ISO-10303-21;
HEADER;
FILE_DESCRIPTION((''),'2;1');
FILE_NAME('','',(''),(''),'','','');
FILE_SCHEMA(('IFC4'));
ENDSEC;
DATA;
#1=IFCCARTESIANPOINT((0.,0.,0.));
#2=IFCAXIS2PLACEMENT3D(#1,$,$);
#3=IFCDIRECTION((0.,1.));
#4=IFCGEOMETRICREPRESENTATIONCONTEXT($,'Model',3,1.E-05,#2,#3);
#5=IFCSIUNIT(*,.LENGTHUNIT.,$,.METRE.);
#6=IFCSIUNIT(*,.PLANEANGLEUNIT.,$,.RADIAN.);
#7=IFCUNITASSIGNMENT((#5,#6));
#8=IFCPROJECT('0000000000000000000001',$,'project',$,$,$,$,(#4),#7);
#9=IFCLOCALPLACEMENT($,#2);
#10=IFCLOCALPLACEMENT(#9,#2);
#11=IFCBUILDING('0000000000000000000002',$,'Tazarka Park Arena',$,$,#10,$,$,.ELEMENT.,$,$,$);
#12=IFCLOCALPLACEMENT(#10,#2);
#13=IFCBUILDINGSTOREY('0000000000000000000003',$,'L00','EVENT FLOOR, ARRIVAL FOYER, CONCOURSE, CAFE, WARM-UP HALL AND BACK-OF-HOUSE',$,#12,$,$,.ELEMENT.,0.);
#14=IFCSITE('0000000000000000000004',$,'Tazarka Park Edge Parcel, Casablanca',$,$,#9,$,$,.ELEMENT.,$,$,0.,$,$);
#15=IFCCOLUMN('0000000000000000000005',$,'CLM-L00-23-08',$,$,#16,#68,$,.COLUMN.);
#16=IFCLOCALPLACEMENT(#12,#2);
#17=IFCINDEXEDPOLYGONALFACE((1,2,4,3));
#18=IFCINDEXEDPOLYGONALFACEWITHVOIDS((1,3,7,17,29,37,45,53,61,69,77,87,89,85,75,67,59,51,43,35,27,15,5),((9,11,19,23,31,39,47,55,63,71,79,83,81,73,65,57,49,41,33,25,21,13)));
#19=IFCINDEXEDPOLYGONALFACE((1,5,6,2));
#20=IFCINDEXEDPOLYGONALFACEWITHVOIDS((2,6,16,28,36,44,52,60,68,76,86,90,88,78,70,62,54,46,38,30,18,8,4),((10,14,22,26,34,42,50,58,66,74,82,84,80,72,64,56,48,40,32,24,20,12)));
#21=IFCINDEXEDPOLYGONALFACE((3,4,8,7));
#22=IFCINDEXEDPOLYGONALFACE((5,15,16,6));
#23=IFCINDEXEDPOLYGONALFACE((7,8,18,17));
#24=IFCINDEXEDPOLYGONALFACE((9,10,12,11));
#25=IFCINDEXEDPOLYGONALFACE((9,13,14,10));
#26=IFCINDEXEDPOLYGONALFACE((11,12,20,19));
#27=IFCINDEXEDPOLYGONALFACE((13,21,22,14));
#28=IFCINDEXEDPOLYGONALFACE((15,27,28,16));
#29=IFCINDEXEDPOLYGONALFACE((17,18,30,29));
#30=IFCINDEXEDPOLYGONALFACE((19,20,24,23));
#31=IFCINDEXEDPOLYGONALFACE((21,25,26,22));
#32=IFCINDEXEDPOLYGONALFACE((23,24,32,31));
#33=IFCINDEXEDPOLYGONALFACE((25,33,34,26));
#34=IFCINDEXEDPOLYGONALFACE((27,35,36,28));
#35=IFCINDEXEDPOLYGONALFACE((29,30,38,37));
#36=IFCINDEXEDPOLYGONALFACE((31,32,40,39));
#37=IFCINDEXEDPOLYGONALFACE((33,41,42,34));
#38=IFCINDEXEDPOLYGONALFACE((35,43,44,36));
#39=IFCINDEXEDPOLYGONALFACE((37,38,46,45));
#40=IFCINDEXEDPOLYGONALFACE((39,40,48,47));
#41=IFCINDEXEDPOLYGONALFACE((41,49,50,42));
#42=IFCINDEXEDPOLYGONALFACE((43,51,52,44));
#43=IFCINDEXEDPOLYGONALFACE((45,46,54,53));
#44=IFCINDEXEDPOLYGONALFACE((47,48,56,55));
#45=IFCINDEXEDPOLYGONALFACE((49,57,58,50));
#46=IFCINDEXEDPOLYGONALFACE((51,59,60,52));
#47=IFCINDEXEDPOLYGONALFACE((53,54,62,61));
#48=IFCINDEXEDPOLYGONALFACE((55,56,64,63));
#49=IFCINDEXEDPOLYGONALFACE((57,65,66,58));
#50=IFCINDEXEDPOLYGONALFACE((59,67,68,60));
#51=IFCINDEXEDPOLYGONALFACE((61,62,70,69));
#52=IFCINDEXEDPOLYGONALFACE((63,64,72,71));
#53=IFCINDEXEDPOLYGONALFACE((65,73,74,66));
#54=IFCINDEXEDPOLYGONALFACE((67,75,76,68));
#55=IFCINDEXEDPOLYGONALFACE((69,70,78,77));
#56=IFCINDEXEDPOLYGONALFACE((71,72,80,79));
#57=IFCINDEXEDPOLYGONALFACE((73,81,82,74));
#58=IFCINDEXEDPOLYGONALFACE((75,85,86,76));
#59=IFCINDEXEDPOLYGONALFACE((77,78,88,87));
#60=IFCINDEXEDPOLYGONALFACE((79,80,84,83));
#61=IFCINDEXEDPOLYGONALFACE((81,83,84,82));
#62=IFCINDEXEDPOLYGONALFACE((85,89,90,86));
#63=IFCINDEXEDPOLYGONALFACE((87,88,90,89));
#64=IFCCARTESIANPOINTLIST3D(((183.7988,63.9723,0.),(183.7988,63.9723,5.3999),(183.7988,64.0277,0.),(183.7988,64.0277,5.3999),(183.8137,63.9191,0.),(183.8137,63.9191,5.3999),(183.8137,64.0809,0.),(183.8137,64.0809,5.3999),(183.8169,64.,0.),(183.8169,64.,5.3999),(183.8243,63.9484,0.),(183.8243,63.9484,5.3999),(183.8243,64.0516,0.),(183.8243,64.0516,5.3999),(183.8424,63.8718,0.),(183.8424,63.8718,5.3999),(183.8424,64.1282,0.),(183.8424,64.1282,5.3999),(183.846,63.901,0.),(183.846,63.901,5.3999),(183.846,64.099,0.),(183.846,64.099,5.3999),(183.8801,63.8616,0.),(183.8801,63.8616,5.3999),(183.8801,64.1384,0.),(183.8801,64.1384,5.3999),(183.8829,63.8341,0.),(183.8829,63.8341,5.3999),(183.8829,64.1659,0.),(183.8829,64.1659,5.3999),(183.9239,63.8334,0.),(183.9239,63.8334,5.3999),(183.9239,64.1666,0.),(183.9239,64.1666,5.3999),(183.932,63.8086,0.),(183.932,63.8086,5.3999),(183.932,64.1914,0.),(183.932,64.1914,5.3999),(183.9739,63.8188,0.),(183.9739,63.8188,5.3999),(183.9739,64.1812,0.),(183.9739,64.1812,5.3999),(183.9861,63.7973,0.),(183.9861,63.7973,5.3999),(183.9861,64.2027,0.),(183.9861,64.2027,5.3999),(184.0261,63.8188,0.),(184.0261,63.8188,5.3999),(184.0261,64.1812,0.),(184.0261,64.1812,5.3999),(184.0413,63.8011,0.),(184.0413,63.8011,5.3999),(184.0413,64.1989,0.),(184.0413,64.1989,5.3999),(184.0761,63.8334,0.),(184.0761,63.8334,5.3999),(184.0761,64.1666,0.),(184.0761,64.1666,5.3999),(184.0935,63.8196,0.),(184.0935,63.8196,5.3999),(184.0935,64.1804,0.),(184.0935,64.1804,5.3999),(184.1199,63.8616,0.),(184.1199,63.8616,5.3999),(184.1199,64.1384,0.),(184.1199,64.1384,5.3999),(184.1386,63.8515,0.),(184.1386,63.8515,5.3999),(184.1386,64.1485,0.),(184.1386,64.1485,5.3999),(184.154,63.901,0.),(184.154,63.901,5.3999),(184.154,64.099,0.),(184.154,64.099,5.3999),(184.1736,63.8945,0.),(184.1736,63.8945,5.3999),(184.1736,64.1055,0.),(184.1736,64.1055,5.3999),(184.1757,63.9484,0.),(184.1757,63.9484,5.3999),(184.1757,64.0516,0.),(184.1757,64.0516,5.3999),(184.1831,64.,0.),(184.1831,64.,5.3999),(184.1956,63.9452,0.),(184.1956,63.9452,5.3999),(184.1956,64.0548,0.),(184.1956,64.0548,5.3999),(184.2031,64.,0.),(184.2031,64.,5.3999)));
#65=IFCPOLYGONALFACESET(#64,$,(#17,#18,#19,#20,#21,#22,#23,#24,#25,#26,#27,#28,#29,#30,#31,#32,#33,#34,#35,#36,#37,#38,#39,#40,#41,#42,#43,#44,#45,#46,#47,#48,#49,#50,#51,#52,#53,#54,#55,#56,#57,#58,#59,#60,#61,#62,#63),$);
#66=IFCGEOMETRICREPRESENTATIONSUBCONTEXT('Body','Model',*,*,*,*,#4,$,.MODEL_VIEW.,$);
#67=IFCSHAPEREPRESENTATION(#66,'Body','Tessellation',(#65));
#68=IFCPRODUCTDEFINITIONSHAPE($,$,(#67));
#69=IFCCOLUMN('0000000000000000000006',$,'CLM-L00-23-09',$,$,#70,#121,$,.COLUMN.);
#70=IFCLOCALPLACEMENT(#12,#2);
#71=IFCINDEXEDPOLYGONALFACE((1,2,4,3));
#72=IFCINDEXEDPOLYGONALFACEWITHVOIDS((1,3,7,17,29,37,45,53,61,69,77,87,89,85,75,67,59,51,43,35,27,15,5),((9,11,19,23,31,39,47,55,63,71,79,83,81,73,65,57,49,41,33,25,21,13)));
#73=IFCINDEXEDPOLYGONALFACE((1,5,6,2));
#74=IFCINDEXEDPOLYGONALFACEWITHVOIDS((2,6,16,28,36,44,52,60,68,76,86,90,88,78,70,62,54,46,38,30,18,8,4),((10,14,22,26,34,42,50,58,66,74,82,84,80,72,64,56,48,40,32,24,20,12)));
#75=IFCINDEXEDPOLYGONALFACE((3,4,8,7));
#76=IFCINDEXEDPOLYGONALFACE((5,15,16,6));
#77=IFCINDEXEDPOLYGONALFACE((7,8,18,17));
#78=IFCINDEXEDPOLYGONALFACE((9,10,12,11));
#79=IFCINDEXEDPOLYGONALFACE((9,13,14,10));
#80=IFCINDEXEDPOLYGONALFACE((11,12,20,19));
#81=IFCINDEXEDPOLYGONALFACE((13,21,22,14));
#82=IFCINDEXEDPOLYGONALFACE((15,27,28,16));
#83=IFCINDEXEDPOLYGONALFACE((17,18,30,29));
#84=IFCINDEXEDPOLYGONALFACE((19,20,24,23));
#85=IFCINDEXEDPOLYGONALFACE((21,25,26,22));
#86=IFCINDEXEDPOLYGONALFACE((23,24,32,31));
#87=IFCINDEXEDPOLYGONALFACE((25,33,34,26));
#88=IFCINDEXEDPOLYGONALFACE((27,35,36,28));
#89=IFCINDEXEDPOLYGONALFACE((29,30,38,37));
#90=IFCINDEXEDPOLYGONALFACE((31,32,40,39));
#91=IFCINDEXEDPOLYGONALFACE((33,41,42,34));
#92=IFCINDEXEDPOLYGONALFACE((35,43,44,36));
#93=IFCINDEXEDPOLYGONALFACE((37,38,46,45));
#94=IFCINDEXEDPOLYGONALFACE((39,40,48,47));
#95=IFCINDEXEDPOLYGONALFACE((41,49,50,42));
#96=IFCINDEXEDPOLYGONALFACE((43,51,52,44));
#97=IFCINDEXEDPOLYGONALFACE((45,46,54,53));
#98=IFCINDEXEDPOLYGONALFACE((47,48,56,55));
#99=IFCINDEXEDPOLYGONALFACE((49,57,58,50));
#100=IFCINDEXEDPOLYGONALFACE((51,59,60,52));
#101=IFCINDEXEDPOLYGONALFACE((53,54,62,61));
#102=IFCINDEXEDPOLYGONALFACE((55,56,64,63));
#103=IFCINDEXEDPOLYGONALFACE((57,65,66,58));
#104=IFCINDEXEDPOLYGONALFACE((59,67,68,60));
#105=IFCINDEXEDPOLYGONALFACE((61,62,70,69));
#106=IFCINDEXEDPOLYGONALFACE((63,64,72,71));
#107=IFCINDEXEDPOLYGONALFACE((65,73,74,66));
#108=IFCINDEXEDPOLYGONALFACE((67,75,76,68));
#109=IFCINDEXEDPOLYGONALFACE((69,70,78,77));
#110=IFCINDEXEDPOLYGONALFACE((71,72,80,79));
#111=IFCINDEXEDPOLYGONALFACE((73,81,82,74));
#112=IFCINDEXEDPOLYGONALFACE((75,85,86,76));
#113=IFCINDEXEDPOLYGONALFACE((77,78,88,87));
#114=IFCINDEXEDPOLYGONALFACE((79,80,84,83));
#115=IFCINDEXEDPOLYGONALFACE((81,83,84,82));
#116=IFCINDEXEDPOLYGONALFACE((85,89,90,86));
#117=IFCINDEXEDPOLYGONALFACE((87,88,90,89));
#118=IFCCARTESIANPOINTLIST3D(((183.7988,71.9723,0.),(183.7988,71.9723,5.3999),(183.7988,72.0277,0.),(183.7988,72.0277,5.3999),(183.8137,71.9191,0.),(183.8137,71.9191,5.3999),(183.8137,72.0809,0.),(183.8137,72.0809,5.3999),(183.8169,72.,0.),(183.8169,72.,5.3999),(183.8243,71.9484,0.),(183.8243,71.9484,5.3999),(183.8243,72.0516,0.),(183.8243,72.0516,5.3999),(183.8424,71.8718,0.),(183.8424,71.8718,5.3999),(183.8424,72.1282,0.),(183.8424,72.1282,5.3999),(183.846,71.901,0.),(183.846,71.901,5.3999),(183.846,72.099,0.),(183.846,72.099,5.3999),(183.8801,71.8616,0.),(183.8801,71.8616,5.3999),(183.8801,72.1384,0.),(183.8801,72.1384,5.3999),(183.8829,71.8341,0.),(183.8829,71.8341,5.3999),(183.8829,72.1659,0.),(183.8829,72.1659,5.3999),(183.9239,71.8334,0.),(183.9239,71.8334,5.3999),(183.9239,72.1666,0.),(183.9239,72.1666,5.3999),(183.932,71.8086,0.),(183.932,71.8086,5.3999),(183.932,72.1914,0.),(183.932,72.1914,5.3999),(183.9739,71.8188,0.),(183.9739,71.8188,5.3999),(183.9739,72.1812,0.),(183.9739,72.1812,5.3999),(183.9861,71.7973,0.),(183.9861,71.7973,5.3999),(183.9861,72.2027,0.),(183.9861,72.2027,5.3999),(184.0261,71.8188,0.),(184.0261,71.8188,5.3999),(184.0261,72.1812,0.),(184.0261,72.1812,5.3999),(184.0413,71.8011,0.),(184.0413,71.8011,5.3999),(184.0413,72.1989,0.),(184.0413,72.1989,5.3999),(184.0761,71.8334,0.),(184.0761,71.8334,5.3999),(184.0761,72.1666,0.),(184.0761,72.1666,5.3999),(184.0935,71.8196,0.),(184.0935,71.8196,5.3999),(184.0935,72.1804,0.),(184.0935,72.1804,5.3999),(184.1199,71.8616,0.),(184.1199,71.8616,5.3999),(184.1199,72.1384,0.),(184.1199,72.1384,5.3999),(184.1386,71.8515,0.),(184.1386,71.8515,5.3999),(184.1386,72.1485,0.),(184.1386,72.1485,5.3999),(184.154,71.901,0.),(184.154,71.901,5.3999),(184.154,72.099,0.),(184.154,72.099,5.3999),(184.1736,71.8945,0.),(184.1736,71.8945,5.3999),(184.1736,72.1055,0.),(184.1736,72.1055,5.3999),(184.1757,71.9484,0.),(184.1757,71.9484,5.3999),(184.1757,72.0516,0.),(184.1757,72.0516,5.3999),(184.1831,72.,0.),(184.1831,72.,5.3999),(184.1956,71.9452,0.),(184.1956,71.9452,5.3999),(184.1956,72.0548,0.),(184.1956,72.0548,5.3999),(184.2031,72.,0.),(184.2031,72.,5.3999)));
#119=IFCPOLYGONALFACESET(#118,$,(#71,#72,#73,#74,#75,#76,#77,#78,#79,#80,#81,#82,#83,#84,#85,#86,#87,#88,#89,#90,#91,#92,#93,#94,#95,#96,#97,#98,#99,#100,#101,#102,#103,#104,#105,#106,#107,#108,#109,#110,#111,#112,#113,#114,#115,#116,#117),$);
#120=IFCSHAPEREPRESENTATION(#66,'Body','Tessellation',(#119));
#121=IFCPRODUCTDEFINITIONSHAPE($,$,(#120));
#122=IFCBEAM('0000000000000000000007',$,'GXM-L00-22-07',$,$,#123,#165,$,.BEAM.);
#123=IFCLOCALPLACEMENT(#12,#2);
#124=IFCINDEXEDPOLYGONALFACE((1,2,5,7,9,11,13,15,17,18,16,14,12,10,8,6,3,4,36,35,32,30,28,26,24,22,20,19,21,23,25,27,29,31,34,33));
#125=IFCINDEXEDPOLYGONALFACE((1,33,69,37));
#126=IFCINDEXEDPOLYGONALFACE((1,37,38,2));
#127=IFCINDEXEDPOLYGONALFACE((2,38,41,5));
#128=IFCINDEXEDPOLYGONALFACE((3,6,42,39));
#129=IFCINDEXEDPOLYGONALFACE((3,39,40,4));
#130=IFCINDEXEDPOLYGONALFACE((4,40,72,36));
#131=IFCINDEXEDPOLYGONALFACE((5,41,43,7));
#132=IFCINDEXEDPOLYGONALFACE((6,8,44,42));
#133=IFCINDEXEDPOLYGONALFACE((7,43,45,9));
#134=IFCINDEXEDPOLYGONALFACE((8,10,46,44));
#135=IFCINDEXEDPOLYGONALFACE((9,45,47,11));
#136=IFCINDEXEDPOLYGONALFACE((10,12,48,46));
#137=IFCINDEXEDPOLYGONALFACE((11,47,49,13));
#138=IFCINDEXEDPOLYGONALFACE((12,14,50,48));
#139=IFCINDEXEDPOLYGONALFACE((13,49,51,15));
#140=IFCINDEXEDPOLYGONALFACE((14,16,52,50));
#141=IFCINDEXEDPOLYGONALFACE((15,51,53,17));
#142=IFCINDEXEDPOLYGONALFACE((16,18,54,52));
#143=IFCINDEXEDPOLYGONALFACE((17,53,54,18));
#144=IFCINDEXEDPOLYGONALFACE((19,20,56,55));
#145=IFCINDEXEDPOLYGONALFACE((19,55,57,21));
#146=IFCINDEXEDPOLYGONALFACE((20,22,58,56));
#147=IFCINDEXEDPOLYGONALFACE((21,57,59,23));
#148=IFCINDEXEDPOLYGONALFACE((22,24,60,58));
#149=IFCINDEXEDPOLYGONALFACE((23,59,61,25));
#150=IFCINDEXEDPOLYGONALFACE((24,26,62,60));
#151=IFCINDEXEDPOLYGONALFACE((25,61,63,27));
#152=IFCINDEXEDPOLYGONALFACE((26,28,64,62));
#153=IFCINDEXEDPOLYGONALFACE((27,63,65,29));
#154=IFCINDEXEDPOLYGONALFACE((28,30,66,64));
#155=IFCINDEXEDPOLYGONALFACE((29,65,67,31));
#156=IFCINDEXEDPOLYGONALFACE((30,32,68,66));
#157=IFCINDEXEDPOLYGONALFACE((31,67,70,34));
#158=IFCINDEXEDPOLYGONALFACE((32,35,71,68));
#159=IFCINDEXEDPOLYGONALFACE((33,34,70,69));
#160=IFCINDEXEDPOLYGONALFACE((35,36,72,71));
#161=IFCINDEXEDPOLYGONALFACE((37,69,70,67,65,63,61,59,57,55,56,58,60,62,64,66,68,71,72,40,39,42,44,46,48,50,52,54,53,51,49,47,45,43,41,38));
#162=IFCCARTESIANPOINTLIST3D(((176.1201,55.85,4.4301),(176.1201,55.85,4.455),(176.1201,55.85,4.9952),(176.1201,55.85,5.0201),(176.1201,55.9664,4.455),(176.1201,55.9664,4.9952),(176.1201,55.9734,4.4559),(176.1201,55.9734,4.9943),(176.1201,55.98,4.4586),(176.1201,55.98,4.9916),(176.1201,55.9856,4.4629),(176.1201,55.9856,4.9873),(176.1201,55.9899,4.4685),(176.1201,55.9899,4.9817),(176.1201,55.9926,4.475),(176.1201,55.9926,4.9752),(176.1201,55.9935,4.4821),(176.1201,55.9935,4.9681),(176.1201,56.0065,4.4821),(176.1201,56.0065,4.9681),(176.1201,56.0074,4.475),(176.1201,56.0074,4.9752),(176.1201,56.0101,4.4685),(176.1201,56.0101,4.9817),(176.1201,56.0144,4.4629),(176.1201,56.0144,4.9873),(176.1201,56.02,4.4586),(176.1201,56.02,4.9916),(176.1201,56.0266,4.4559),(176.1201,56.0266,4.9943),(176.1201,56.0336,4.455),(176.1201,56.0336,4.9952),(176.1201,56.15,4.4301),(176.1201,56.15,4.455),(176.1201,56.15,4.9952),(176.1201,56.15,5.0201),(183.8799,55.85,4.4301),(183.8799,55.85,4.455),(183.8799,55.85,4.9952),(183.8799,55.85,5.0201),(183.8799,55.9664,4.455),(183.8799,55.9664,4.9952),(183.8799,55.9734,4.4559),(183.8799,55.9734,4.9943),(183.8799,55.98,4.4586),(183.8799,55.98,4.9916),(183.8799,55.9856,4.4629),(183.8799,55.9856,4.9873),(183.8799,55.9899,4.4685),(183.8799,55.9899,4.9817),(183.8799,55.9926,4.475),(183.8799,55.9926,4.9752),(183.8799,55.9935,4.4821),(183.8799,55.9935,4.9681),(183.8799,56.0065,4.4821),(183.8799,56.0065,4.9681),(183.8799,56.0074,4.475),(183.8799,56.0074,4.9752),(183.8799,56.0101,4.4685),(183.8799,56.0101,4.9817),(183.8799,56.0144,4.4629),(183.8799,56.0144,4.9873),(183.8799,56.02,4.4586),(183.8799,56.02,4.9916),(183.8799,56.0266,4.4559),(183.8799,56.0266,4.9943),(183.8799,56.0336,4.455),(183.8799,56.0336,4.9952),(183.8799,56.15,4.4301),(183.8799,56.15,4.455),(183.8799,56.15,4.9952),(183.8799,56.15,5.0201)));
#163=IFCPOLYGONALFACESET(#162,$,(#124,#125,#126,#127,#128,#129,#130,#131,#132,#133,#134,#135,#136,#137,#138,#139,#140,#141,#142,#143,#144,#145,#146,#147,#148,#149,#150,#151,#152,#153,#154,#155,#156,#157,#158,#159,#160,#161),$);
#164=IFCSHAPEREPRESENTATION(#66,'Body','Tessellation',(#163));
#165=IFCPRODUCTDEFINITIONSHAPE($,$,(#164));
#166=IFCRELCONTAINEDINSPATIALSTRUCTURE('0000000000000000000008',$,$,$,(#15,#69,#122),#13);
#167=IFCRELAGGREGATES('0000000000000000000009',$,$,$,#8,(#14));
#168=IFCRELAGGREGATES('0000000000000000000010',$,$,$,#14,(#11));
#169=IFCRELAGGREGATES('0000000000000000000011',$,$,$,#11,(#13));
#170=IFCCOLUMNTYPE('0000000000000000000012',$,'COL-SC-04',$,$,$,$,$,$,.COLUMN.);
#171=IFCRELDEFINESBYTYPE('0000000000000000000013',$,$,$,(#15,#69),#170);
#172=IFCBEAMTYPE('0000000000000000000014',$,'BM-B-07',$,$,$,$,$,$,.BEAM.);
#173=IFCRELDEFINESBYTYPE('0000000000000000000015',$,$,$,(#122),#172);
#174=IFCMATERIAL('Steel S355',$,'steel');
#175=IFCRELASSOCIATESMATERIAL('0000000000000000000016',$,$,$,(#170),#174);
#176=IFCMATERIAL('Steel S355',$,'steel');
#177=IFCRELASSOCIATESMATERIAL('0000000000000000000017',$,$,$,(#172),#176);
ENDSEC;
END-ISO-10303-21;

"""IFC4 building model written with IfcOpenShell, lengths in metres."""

from ifc_helpers import new_model, si_unit, direction, frame, origin, origin_2d, place, context, subcontext, project, spatial, hollow_circle, i_section, extrude, material, material_profile, profile_set, type_object, element, save


model = new_model("IFC4")

# Units and contexts
model_context = context("Model", 3, precision=1e-05, world=origin(), true_north=direction((0.0, 1.0)))
body_context = subcontext(model_context, "Body", "Model", "MODEL_VIEW")
ifc_project = project(units=[si_unit("LENGTHUNIT", "METRE"), si_unit("PLANEANGLEUNIT", "RADIAN")], contexts=[model_context])

# Site, building, storey
site_placement = place(None, origin())
site = spatial("IfcSite", under=ifc_project, at=site_placement, Name="Tazarka Park Edge Parcel, Casablanca", CompositionType="ELEMENT", RefElevation=0.0)
building_placement = place(site_placement, origin())
building = spatial("IfcBuilding", under=site, at=building_placement, Name="Tazarka Park Arena", CompositionType="ELEMENT")
storey_placement = place(building_placement, origin())
storey = spatial("IfcBuildingStorey", under=building, at=storey_placement, Name="L00", Description="EVENT FLOOR, ARRIVAL FOYER, CONCOURSE, CAFE, WARM-UP HALL AND BACK-OF-HOUSE", CompositionType="ELEMENT", Elevation=0.0)

# Columns
ifc_material_1 = material(Name="Steel S355", Category="steel")
ifc_material_profile_1 = material_profile(ifc_material_1, hollow_circle(Radius=0.2031, WallThickness=0.02, at=origin_2d()), Name="Steel S355")
ifc_profile_set_1 = profile_set([ifc_material_profile_1], Name="Steel S355")
column_type_1 = type_object("IfcColumnType", Name="COL-SC-04", PredefinedType="COLUMN", material=ifc_profile_set_1)
for number, where, z_axis, x_axis, name in (
    (1, (184.0, 64.0, 0.0), (0.0, 0.0, 1.0), (1.0, 0.0, 0.0), "CLM-L00-23-08"),
    (2, (184.0, 72.0, 0.0), (0.0, 0.0, 1.0), (1.0, 0.0, 0.0), "CLM-L00-23-09"),
):
    element("IfcColumn", number, at=place(storey_placement, frame(where, z_axis=z_axis, x_axis=x_axis)), inside=storey, type_object=column_type_1, Name=name, PredefinedType="COLUMN", context=body_context, shape_type="SweptSolid", body=[
        extrude(hollow_circle(Radius=0.2031, WallThickness=0.02, at=origin_2d()), origin(), (0.0, 0.0, 1.0), 5.3999),
    ])

# Beam
ifc_material_2 = material(Name="Steel S355", Category="steel")
ifc_material_profile_2 = material_profile(ifc_material_2, i_section(OverallWidth=0.3, OverallDepth=0.5901, WebThickness=0.0129, FlangeThickness=0.0249, FilletRadius=0.0271, at=origin_2d()), Name="Steel S355")
ifc_profile_set_2 = profile_set([ifc_material_profile_2], Name="Steel S355")
beam_type_1 = type_object("IfcBeamType", Name="BM-B-07", PredefinedType="BEAM", material=ifc_profile_set_2)
for number, where, z_axis, x_axis, name in (
    (3, (176.1201, 56.0, 4.7251), (1.0, 0.0, 0.0), (0.0, 1.0, 0.0), "GXM-L00-22-07"),
):
    element("IfcBeam", number, at=place(storey_placement, frame(where, z_axis=z_axis, x_axis=x_axis)), inside=storey, type_object=beam_type_1, Name=name, PredefinedType="BEAM", context=body_context, shape_type="SweptSolid", body=[
        extrude(i_section(OverallWidth=0.3, OverallDepth=0.5901, WebThickness=0.0129, FlangeThickness=0.0249, FilletRadius=0.0271, at=origin_2d()), origin(), (0.0, 0.0, 1.0), 7.7598),
    ])

save(model, "model.ifc")
